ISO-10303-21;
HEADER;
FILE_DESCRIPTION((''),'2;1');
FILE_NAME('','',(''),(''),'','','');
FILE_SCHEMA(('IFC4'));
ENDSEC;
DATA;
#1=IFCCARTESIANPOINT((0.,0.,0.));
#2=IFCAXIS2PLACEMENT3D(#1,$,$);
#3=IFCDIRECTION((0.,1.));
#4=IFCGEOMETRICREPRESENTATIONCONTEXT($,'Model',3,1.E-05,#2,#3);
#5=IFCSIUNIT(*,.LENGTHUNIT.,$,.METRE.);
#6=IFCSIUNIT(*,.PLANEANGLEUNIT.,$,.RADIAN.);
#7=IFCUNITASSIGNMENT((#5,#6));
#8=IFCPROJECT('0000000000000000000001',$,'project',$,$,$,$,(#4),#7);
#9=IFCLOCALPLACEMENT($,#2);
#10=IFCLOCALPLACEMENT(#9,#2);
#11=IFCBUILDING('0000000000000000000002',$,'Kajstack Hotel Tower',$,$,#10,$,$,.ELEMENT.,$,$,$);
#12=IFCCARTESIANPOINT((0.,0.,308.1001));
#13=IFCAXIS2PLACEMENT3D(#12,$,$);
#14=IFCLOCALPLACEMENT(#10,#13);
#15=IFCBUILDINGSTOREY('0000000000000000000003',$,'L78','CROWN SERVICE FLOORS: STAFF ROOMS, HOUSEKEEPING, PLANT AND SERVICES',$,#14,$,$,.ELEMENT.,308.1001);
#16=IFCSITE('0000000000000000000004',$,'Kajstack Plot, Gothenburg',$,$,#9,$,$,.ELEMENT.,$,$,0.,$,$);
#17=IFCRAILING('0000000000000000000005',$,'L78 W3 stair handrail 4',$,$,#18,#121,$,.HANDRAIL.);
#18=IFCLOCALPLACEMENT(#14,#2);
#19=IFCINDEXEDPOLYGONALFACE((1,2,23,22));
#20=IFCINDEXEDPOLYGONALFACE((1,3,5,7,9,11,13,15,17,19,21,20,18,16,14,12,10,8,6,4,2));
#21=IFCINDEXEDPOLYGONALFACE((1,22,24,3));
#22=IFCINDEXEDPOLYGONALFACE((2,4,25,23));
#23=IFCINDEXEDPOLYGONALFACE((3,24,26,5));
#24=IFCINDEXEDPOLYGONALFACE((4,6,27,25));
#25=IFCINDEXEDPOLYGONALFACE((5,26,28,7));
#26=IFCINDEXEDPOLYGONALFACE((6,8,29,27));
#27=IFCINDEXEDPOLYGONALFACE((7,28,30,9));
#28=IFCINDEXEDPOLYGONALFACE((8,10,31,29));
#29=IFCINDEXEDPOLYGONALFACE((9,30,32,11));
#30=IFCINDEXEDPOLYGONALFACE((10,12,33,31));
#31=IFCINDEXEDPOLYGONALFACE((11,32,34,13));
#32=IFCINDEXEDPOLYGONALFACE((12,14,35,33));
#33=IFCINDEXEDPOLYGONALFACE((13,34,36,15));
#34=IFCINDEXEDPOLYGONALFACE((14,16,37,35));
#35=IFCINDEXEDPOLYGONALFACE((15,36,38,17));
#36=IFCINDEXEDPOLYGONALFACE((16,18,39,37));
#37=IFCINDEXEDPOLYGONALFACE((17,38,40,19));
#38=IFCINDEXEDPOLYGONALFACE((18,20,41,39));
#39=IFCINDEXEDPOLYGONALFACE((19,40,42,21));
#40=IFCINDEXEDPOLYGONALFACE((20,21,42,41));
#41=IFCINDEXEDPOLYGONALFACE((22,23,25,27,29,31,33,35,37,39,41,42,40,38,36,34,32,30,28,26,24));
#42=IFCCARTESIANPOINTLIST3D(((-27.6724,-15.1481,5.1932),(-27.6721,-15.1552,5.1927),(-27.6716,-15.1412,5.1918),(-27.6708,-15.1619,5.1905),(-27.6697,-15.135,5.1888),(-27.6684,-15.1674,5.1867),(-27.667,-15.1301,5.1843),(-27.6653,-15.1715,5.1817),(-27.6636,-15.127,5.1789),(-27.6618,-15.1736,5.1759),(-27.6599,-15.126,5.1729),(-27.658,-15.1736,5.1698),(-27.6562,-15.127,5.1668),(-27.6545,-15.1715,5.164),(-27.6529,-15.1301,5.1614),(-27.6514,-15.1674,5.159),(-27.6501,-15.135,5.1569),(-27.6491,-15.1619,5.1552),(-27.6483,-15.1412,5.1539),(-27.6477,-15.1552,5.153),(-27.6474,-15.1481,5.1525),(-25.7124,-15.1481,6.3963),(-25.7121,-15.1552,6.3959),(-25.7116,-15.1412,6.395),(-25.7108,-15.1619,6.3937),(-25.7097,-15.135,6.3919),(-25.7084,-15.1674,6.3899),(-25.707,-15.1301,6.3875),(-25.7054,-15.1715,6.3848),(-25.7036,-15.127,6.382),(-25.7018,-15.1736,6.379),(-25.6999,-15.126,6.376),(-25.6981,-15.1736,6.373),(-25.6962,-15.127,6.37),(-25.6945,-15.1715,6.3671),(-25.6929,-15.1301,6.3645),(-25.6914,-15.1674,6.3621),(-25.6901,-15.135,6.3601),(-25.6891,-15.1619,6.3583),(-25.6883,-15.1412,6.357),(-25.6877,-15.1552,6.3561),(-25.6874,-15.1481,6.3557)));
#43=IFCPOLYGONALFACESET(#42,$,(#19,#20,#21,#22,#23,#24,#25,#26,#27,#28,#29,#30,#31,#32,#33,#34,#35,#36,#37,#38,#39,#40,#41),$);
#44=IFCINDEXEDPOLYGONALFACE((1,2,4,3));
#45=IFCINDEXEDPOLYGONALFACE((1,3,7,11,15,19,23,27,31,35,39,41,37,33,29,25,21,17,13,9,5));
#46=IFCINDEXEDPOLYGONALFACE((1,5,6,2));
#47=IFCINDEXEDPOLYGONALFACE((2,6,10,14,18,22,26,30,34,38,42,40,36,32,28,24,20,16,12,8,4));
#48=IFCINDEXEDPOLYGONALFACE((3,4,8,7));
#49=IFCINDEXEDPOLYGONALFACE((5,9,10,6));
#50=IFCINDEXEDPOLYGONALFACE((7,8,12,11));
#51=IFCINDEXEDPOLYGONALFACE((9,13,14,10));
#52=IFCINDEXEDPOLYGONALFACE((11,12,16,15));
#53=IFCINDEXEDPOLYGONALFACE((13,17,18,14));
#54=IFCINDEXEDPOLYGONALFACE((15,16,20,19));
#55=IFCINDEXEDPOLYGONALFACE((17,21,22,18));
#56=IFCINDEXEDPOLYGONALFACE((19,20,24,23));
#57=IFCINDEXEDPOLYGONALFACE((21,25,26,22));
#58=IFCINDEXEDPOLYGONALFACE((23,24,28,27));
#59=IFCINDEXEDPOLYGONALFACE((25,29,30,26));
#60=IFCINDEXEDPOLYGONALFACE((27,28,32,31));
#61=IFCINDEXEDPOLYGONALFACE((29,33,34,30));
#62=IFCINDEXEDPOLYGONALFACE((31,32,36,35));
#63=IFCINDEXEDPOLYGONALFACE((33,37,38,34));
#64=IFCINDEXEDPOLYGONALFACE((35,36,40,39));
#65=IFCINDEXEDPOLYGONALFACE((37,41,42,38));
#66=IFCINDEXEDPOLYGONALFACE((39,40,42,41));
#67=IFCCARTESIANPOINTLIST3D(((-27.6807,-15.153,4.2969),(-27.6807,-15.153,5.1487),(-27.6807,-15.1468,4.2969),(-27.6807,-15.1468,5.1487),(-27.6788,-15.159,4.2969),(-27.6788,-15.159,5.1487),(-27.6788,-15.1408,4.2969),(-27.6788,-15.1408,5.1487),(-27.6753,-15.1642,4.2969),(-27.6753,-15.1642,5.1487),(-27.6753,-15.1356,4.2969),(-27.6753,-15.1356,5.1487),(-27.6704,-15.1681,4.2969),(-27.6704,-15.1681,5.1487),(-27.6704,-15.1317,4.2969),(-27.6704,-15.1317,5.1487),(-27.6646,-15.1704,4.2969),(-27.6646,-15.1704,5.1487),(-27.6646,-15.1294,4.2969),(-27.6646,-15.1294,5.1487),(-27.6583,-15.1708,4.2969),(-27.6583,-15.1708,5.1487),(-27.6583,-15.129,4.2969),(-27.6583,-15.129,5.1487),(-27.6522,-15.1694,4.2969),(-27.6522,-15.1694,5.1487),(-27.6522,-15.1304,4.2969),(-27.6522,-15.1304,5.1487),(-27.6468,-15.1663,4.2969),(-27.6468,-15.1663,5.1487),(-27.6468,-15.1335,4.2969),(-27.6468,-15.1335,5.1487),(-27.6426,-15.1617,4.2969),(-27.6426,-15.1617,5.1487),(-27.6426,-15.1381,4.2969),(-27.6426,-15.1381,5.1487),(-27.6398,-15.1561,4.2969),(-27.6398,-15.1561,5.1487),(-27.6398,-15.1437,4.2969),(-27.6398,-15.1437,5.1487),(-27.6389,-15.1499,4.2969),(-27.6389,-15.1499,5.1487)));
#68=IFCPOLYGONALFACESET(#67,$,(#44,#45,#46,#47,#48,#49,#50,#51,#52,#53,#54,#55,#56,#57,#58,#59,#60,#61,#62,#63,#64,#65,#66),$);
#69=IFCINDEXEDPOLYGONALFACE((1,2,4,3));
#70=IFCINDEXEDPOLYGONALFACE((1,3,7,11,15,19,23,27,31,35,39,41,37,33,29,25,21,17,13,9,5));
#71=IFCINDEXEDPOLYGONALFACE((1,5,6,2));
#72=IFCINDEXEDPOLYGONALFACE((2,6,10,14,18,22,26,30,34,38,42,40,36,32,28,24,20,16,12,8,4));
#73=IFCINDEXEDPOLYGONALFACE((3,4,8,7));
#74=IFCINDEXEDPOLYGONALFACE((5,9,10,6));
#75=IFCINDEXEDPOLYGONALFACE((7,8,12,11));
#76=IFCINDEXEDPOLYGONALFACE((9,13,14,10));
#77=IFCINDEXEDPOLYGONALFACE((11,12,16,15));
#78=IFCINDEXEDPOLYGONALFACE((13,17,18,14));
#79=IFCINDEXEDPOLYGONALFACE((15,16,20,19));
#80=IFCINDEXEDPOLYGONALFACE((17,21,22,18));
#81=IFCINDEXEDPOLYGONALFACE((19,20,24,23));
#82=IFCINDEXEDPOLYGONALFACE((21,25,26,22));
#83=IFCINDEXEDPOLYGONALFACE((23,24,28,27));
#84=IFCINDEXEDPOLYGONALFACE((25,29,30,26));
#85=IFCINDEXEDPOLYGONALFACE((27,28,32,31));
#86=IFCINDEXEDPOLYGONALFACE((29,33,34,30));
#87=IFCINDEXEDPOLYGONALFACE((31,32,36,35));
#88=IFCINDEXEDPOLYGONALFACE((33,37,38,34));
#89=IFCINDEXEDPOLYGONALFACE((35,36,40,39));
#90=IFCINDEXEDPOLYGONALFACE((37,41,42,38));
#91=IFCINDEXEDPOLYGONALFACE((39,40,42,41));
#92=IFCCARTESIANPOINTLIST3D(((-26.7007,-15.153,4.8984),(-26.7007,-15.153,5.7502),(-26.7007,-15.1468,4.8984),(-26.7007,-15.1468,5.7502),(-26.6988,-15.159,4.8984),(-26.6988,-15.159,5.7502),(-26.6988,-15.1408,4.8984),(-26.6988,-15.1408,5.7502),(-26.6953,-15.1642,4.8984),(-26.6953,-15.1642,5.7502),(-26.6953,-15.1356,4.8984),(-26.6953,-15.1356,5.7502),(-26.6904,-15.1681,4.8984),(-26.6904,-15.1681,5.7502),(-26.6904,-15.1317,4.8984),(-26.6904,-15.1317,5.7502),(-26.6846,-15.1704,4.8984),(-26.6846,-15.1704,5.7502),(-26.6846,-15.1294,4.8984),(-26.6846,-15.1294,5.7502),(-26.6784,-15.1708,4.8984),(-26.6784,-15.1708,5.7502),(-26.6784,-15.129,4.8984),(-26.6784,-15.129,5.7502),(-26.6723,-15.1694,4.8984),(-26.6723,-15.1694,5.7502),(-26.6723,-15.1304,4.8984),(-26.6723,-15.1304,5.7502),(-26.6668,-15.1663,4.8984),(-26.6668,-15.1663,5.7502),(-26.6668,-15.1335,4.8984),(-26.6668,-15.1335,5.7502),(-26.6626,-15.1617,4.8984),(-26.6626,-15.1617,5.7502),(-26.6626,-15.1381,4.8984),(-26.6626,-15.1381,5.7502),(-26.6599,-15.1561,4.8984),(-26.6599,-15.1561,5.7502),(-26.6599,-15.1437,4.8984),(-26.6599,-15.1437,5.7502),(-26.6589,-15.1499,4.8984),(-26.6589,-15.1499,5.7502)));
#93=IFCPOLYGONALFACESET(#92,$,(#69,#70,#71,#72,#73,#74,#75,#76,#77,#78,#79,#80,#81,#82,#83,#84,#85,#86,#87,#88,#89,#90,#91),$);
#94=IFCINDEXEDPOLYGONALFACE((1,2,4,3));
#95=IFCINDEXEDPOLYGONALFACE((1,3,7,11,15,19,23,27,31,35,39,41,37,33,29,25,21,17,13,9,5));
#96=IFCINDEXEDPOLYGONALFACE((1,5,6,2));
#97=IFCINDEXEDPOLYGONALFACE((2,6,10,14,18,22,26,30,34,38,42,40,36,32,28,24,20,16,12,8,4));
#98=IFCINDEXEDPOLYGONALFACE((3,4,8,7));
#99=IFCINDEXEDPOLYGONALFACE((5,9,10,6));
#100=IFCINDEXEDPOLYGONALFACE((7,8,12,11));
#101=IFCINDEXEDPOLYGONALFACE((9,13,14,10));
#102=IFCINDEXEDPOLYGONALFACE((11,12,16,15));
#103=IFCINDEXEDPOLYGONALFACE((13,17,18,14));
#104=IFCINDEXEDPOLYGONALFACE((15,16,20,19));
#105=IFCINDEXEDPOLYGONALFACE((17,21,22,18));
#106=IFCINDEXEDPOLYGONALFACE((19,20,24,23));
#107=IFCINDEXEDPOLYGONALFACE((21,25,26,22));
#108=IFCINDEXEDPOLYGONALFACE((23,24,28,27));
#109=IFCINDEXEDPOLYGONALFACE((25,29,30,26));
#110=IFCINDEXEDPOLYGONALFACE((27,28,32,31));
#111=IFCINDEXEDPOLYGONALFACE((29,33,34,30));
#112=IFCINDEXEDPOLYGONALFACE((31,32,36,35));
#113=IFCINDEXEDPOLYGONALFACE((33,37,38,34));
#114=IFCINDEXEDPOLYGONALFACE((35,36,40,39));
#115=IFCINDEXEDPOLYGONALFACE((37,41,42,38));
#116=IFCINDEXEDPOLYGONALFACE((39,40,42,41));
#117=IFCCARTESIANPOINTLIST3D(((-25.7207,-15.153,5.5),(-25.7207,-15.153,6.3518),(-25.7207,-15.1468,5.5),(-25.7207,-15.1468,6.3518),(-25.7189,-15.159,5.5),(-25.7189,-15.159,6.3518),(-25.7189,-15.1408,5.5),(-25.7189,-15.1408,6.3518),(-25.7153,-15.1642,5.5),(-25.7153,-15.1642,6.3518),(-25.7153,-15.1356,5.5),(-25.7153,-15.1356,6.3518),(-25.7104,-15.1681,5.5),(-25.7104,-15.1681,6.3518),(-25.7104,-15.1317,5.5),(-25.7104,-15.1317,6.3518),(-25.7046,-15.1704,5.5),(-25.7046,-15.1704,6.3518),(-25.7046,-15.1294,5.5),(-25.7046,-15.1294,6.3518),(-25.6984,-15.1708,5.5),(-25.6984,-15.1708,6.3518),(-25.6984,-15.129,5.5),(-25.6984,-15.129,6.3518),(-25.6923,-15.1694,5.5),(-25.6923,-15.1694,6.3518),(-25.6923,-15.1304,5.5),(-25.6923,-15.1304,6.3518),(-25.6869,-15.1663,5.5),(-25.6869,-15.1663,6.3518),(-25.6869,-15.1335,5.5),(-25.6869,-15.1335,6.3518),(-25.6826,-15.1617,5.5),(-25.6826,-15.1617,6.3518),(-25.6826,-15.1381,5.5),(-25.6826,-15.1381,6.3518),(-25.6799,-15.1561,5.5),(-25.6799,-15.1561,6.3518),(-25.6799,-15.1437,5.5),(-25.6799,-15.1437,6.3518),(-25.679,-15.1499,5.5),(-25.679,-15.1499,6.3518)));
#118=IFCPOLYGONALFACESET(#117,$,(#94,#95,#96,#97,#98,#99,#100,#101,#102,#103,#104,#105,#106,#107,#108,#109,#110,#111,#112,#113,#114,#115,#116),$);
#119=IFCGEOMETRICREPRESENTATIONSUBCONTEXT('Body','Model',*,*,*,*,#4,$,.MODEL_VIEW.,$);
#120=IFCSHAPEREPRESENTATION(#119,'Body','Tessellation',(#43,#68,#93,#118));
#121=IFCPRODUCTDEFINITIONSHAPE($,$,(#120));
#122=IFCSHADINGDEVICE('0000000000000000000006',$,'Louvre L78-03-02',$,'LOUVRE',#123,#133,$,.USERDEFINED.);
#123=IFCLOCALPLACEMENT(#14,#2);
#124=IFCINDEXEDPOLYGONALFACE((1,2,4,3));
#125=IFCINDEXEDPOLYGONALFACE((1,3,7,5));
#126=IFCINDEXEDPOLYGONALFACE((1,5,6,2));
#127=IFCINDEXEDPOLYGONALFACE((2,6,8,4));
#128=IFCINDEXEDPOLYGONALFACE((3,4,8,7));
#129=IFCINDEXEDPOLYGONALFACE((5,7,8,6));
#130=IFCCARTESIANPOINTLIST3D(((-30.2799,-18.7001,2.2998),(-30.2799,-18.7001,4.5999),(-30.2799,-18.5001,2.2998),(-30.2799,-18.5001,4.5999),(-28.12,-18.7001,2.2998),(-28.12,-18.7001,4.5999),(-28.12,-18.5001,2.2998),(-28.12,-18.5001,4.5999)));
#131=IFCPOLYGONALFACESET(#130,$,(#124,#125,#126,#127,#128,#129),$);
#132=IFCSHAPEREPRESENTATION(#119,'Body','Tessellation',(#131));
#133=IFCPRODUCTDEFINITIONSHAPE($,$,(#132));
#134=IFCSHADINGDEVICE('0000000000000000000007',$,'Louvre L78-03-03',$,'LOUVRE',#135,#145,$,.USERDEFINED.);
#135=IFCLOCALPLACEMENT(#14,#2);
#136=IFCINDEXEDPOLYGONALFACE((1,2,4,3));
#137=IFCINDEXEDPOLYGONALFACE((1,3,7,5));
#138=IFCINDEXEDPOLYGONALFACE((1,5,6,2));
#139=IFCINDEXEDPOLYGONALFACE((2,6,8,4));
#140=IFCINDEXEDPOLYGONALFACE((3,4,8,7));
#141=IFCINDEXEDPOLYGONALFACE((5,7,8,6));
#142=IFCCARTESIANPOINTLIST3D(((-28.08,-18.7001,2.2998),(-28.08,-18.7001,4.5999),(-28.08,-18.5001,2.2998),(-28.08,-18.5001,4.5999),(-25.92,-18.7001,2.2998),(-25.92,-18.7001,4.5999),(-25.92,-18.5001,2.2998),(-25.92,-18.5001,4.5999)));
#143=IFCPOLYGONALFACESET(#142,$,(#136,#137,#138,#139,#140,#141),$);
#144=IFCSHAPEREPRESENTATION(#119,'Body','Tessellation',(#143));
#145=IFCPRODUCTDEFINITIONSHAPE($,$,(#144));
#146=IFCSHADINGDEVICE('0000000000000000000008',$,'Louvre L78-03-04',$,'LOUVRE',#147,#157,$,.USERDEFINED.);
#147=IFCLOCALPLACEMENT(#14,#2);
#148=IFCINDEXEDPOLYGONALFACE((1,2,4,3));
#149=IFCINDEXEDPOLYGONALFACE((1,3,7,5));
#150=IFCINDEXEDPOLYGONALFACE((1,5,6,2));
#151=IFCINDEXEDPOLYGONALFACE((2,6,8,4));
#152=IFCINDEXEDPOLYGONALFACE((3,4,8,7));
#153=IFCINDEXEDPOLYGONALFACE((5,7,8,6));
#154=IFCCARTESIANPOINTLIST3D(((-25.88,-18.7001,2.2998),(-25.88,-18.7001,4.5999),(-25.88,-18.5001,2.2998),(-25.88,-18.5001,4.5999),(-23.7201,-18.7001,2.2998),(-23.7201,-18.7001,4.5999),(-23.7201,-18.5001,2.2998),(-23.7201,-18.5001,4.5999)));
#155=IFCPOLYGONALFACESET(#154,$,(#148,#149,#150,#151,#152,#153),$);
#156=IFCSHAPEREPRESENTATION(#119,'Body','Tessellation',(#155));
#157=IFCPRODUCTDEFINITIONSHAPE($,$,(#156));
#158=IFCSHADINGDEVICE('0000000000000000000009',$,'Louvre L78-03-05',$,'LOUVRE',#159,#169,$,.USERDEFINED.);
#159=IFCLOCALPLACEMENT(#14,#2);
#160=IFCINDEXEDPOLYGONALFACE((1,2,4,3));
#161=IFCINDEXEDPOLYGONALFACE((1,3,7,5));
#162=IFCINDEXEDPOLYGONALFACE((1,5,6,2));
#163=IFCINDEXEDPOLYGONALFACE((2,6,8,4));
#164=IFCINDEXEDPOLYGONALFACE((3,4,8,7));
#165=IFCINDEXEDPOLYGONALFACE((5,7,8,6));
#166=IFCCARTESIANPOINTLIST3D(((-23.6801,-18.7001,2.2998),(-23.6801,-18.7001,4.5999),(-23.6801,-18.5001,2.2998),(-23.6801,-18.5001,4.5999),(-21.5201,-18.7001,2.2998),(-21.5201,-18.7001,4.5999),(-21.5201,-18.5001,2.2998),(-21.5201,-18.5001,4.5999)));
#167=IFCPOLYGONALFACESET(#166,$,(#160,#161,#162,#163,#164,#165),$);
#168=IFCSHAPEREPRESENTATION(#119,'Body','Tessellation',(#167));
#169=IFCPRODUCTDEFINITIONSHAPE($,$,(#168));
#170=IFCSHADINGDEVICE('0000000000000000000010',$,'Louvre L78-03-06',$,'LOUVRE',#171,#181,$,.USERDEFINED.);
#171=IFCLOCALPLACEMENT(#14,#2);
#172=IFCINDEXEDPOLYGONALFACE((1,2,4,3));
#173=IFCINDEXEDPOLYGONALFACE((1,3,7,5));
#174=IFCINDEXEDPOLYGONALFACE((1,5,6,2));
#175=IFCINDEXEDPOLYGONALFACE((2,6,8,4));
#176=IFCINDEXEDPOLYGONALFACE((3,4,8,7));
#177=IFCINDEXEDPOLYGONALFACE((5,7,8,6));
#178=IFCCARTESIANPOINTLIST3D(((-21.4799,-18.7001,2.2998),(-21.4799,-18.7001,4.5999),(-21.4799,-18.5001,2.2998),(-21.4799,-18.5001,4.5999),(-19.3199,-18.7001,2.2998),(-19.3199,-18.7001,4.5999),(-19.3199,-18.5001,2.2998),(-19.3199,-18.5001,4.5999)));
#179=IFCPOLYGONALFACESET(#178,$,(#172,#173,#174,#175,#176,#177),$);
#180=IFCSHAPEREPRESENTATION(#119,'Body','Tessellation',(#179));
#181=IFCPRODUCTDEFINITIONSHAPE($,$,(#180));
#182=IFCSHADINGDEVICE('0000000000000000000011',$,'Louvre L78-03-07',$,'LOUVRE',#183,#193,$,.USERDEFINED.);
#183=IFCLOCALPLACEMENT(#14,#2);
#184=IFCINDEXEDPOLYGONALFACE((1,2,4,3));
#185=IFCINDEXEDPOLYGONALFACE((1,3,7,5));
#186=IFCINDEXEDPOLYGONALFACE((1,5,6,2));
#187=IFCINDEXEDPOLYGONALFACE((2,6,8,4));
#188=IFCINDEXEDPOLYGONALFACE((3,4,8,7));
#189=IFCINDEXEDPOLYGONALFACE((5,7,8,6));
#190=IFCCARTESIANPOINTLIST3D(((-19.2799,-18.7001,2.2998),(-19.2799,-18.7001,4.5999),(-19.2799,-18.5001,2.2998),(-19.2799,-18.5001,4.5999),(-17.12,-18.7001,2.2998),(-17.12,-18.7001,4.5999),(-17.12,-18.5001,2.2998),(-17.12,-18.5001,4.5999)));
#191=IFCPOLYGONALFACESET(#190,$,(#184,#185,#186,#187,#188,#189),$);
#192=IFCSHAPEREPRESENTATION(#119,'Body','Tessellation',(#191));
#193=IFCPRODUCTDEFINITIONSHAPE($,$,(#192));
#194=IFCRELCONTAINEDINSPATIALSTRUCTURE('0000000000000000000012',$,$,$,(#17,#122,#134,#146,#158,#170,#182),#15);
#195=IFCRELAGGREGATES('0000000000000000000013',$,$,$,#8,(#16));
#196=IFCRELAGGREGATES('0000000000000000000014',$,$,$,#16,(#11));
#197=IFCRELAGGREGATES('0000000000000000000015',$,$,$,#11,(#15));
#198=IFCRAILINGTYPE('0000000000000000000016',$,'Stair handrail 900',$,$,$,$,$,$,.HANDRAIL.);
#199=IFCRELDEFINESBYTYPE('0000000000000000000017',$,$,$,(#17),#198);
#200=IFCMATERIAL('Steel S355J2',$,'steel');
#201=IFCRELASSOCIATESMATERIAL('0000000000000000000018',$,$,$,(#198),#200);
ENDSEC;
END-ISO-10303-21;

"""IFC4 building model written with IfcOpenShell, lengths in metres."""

from ifc_helpers import new_model, si_unit, direction, frame, origin, origin_2d, place, context, subcontext, project, spatial, rectangle, circle, extrude, material, type_object, element, save


model = new_model("IFC4")

# Units and contexts
model_context = context("Model", 3, precision=1e-05, world=origin(), true_north=direction((0.0, 1.0)))
body_context = subcontext(model_context, "Body", "Model", "MODEL_VIEW")
ifc_project = project(units=[si_unit("LENGTHUNIT", "METRE"), si_unit("PLANEANGLEUNIT", "RADIAN")], contexts=[model_context])

# Site, building, storey
site_placement = place(None, origin())
site = spatial("IfcSite", under=ifc_project, at=site_placement, Name="Kajstack Plot, Gothenburg", CompositionType="ELEMENT", RefElevation=0.0)
building_placement = place(site_placement, origin())
building = spatial("IfcBuilding", under=site, at=building_placement, Name="Kajstack Hotel Tower", CompositionType="ELEMENT")
storey_placement = place(building_placement, frame((0.0, 0.0, 308.1001)))
storey = spatial("IfcBuildingStorey", under=building, at=storey_placement, Name="L78", Description="CROWN SERVICE FLOORS: STAFF ROOMS, HOUSEKEEPING, PLANT AND SERVICES", CompositionType="ELEMENT", Elevation=308.1001)

# Railing
ifc_material_1 = material(Name="Steel S355J2", Category="steel")
railing_type_1 = type_object("IfcRailingType", Name="Stair handrail 900", PredefinedType="HANDRAIL", material=ifc_material_1)
railing_1_placement = place(storey_placement, frame((-27.6599, -15.1499, 4.2969)))
element("IfcRailing", 1, at=railing_1_placement, inside=storey, type_object=railing_type_1, Name="L78 W3 stair handrail 4", PredefinedType="HANDRAIL", context=body_context, shape_type="SweptSolid", body=[
    extrude(circle(Radius=0.0239, at=origin_2d()), frame((0.0, 0.0, 0.876), z_axis=(0.852241, 0.0, 0.523149), x_axis=(0.0, 1.0, 0.0)), (0.0, 0.0, 1.0), 2.2998),
    extrude(circle(Radius=0.021, at=origin_2d()), origin(), (0.0, 0.0, 1.0), 0.8518),
    extrude(circle(Radius=0.021, at=origin_2d()), frame((0.98, 0.0, 0.6016)), (0.0, 0.0, 1.0), 0.8518),
    extrude(circle(Radius=0.021, at=origin_2d()), frame((1.96, 0.0, 1.2031)), (0.0, 0.0, 1.0), 0.8518),
])

# Shading devices
for number, where, z_axis, x_axis, name in (
    (2, (-29.2, -18.6001, 2.2998), (0.0, 0.0, 1.0), (1.0, 0.0, 0.0), "Louvre L78-03-02"),
    (3, (-27.0, -18.6001, 2.2998), (0.0, 0.0, 1.0), (1.0, 0.0, 0.0), "Louvre L78-03-03"),
    (4, (-24.8, -18.6001, 2.2998), (0.0, 0.0, 1.0), (1.0, 0.0, 0.0), "Louvre L78-03-04"),
    (5, (-22.6001, -18.6001, 2.2998), (0.0, 0.0, 1.0), (1.0, 0.0, 0.0), "Louvre L78-03-05"),
    (6, (-20.3999, -18.6001, 2.2998), (0.0, 0.0, 1.0), (1.0, 0.0, 0.0), "Louvre L78-03-06"),
    (7, (-18.2, -18.6001, 2.2998), (0.0, 0.0, 1.0), (1.0, 0.0, 0.0), "Louvre L78-03-07"),
):
    element("IfcShadingDevice", number, at=place(storey_placement, frame(where, z_axis=z_axis, x_axis=x_axis)), inside=storey, Name=name, ObjectType="LOUVRE", PredefinedType="USERDEFINED", context=body_context, shape_type="SweptSolid", body=[
        extrude(rectangle(XDim=2.1599, YDim=0.2, at=origin_2d()), origin(), (0.0, 0.0, 1.0), 2.3),
    ])

save(model, "model.ifc")
